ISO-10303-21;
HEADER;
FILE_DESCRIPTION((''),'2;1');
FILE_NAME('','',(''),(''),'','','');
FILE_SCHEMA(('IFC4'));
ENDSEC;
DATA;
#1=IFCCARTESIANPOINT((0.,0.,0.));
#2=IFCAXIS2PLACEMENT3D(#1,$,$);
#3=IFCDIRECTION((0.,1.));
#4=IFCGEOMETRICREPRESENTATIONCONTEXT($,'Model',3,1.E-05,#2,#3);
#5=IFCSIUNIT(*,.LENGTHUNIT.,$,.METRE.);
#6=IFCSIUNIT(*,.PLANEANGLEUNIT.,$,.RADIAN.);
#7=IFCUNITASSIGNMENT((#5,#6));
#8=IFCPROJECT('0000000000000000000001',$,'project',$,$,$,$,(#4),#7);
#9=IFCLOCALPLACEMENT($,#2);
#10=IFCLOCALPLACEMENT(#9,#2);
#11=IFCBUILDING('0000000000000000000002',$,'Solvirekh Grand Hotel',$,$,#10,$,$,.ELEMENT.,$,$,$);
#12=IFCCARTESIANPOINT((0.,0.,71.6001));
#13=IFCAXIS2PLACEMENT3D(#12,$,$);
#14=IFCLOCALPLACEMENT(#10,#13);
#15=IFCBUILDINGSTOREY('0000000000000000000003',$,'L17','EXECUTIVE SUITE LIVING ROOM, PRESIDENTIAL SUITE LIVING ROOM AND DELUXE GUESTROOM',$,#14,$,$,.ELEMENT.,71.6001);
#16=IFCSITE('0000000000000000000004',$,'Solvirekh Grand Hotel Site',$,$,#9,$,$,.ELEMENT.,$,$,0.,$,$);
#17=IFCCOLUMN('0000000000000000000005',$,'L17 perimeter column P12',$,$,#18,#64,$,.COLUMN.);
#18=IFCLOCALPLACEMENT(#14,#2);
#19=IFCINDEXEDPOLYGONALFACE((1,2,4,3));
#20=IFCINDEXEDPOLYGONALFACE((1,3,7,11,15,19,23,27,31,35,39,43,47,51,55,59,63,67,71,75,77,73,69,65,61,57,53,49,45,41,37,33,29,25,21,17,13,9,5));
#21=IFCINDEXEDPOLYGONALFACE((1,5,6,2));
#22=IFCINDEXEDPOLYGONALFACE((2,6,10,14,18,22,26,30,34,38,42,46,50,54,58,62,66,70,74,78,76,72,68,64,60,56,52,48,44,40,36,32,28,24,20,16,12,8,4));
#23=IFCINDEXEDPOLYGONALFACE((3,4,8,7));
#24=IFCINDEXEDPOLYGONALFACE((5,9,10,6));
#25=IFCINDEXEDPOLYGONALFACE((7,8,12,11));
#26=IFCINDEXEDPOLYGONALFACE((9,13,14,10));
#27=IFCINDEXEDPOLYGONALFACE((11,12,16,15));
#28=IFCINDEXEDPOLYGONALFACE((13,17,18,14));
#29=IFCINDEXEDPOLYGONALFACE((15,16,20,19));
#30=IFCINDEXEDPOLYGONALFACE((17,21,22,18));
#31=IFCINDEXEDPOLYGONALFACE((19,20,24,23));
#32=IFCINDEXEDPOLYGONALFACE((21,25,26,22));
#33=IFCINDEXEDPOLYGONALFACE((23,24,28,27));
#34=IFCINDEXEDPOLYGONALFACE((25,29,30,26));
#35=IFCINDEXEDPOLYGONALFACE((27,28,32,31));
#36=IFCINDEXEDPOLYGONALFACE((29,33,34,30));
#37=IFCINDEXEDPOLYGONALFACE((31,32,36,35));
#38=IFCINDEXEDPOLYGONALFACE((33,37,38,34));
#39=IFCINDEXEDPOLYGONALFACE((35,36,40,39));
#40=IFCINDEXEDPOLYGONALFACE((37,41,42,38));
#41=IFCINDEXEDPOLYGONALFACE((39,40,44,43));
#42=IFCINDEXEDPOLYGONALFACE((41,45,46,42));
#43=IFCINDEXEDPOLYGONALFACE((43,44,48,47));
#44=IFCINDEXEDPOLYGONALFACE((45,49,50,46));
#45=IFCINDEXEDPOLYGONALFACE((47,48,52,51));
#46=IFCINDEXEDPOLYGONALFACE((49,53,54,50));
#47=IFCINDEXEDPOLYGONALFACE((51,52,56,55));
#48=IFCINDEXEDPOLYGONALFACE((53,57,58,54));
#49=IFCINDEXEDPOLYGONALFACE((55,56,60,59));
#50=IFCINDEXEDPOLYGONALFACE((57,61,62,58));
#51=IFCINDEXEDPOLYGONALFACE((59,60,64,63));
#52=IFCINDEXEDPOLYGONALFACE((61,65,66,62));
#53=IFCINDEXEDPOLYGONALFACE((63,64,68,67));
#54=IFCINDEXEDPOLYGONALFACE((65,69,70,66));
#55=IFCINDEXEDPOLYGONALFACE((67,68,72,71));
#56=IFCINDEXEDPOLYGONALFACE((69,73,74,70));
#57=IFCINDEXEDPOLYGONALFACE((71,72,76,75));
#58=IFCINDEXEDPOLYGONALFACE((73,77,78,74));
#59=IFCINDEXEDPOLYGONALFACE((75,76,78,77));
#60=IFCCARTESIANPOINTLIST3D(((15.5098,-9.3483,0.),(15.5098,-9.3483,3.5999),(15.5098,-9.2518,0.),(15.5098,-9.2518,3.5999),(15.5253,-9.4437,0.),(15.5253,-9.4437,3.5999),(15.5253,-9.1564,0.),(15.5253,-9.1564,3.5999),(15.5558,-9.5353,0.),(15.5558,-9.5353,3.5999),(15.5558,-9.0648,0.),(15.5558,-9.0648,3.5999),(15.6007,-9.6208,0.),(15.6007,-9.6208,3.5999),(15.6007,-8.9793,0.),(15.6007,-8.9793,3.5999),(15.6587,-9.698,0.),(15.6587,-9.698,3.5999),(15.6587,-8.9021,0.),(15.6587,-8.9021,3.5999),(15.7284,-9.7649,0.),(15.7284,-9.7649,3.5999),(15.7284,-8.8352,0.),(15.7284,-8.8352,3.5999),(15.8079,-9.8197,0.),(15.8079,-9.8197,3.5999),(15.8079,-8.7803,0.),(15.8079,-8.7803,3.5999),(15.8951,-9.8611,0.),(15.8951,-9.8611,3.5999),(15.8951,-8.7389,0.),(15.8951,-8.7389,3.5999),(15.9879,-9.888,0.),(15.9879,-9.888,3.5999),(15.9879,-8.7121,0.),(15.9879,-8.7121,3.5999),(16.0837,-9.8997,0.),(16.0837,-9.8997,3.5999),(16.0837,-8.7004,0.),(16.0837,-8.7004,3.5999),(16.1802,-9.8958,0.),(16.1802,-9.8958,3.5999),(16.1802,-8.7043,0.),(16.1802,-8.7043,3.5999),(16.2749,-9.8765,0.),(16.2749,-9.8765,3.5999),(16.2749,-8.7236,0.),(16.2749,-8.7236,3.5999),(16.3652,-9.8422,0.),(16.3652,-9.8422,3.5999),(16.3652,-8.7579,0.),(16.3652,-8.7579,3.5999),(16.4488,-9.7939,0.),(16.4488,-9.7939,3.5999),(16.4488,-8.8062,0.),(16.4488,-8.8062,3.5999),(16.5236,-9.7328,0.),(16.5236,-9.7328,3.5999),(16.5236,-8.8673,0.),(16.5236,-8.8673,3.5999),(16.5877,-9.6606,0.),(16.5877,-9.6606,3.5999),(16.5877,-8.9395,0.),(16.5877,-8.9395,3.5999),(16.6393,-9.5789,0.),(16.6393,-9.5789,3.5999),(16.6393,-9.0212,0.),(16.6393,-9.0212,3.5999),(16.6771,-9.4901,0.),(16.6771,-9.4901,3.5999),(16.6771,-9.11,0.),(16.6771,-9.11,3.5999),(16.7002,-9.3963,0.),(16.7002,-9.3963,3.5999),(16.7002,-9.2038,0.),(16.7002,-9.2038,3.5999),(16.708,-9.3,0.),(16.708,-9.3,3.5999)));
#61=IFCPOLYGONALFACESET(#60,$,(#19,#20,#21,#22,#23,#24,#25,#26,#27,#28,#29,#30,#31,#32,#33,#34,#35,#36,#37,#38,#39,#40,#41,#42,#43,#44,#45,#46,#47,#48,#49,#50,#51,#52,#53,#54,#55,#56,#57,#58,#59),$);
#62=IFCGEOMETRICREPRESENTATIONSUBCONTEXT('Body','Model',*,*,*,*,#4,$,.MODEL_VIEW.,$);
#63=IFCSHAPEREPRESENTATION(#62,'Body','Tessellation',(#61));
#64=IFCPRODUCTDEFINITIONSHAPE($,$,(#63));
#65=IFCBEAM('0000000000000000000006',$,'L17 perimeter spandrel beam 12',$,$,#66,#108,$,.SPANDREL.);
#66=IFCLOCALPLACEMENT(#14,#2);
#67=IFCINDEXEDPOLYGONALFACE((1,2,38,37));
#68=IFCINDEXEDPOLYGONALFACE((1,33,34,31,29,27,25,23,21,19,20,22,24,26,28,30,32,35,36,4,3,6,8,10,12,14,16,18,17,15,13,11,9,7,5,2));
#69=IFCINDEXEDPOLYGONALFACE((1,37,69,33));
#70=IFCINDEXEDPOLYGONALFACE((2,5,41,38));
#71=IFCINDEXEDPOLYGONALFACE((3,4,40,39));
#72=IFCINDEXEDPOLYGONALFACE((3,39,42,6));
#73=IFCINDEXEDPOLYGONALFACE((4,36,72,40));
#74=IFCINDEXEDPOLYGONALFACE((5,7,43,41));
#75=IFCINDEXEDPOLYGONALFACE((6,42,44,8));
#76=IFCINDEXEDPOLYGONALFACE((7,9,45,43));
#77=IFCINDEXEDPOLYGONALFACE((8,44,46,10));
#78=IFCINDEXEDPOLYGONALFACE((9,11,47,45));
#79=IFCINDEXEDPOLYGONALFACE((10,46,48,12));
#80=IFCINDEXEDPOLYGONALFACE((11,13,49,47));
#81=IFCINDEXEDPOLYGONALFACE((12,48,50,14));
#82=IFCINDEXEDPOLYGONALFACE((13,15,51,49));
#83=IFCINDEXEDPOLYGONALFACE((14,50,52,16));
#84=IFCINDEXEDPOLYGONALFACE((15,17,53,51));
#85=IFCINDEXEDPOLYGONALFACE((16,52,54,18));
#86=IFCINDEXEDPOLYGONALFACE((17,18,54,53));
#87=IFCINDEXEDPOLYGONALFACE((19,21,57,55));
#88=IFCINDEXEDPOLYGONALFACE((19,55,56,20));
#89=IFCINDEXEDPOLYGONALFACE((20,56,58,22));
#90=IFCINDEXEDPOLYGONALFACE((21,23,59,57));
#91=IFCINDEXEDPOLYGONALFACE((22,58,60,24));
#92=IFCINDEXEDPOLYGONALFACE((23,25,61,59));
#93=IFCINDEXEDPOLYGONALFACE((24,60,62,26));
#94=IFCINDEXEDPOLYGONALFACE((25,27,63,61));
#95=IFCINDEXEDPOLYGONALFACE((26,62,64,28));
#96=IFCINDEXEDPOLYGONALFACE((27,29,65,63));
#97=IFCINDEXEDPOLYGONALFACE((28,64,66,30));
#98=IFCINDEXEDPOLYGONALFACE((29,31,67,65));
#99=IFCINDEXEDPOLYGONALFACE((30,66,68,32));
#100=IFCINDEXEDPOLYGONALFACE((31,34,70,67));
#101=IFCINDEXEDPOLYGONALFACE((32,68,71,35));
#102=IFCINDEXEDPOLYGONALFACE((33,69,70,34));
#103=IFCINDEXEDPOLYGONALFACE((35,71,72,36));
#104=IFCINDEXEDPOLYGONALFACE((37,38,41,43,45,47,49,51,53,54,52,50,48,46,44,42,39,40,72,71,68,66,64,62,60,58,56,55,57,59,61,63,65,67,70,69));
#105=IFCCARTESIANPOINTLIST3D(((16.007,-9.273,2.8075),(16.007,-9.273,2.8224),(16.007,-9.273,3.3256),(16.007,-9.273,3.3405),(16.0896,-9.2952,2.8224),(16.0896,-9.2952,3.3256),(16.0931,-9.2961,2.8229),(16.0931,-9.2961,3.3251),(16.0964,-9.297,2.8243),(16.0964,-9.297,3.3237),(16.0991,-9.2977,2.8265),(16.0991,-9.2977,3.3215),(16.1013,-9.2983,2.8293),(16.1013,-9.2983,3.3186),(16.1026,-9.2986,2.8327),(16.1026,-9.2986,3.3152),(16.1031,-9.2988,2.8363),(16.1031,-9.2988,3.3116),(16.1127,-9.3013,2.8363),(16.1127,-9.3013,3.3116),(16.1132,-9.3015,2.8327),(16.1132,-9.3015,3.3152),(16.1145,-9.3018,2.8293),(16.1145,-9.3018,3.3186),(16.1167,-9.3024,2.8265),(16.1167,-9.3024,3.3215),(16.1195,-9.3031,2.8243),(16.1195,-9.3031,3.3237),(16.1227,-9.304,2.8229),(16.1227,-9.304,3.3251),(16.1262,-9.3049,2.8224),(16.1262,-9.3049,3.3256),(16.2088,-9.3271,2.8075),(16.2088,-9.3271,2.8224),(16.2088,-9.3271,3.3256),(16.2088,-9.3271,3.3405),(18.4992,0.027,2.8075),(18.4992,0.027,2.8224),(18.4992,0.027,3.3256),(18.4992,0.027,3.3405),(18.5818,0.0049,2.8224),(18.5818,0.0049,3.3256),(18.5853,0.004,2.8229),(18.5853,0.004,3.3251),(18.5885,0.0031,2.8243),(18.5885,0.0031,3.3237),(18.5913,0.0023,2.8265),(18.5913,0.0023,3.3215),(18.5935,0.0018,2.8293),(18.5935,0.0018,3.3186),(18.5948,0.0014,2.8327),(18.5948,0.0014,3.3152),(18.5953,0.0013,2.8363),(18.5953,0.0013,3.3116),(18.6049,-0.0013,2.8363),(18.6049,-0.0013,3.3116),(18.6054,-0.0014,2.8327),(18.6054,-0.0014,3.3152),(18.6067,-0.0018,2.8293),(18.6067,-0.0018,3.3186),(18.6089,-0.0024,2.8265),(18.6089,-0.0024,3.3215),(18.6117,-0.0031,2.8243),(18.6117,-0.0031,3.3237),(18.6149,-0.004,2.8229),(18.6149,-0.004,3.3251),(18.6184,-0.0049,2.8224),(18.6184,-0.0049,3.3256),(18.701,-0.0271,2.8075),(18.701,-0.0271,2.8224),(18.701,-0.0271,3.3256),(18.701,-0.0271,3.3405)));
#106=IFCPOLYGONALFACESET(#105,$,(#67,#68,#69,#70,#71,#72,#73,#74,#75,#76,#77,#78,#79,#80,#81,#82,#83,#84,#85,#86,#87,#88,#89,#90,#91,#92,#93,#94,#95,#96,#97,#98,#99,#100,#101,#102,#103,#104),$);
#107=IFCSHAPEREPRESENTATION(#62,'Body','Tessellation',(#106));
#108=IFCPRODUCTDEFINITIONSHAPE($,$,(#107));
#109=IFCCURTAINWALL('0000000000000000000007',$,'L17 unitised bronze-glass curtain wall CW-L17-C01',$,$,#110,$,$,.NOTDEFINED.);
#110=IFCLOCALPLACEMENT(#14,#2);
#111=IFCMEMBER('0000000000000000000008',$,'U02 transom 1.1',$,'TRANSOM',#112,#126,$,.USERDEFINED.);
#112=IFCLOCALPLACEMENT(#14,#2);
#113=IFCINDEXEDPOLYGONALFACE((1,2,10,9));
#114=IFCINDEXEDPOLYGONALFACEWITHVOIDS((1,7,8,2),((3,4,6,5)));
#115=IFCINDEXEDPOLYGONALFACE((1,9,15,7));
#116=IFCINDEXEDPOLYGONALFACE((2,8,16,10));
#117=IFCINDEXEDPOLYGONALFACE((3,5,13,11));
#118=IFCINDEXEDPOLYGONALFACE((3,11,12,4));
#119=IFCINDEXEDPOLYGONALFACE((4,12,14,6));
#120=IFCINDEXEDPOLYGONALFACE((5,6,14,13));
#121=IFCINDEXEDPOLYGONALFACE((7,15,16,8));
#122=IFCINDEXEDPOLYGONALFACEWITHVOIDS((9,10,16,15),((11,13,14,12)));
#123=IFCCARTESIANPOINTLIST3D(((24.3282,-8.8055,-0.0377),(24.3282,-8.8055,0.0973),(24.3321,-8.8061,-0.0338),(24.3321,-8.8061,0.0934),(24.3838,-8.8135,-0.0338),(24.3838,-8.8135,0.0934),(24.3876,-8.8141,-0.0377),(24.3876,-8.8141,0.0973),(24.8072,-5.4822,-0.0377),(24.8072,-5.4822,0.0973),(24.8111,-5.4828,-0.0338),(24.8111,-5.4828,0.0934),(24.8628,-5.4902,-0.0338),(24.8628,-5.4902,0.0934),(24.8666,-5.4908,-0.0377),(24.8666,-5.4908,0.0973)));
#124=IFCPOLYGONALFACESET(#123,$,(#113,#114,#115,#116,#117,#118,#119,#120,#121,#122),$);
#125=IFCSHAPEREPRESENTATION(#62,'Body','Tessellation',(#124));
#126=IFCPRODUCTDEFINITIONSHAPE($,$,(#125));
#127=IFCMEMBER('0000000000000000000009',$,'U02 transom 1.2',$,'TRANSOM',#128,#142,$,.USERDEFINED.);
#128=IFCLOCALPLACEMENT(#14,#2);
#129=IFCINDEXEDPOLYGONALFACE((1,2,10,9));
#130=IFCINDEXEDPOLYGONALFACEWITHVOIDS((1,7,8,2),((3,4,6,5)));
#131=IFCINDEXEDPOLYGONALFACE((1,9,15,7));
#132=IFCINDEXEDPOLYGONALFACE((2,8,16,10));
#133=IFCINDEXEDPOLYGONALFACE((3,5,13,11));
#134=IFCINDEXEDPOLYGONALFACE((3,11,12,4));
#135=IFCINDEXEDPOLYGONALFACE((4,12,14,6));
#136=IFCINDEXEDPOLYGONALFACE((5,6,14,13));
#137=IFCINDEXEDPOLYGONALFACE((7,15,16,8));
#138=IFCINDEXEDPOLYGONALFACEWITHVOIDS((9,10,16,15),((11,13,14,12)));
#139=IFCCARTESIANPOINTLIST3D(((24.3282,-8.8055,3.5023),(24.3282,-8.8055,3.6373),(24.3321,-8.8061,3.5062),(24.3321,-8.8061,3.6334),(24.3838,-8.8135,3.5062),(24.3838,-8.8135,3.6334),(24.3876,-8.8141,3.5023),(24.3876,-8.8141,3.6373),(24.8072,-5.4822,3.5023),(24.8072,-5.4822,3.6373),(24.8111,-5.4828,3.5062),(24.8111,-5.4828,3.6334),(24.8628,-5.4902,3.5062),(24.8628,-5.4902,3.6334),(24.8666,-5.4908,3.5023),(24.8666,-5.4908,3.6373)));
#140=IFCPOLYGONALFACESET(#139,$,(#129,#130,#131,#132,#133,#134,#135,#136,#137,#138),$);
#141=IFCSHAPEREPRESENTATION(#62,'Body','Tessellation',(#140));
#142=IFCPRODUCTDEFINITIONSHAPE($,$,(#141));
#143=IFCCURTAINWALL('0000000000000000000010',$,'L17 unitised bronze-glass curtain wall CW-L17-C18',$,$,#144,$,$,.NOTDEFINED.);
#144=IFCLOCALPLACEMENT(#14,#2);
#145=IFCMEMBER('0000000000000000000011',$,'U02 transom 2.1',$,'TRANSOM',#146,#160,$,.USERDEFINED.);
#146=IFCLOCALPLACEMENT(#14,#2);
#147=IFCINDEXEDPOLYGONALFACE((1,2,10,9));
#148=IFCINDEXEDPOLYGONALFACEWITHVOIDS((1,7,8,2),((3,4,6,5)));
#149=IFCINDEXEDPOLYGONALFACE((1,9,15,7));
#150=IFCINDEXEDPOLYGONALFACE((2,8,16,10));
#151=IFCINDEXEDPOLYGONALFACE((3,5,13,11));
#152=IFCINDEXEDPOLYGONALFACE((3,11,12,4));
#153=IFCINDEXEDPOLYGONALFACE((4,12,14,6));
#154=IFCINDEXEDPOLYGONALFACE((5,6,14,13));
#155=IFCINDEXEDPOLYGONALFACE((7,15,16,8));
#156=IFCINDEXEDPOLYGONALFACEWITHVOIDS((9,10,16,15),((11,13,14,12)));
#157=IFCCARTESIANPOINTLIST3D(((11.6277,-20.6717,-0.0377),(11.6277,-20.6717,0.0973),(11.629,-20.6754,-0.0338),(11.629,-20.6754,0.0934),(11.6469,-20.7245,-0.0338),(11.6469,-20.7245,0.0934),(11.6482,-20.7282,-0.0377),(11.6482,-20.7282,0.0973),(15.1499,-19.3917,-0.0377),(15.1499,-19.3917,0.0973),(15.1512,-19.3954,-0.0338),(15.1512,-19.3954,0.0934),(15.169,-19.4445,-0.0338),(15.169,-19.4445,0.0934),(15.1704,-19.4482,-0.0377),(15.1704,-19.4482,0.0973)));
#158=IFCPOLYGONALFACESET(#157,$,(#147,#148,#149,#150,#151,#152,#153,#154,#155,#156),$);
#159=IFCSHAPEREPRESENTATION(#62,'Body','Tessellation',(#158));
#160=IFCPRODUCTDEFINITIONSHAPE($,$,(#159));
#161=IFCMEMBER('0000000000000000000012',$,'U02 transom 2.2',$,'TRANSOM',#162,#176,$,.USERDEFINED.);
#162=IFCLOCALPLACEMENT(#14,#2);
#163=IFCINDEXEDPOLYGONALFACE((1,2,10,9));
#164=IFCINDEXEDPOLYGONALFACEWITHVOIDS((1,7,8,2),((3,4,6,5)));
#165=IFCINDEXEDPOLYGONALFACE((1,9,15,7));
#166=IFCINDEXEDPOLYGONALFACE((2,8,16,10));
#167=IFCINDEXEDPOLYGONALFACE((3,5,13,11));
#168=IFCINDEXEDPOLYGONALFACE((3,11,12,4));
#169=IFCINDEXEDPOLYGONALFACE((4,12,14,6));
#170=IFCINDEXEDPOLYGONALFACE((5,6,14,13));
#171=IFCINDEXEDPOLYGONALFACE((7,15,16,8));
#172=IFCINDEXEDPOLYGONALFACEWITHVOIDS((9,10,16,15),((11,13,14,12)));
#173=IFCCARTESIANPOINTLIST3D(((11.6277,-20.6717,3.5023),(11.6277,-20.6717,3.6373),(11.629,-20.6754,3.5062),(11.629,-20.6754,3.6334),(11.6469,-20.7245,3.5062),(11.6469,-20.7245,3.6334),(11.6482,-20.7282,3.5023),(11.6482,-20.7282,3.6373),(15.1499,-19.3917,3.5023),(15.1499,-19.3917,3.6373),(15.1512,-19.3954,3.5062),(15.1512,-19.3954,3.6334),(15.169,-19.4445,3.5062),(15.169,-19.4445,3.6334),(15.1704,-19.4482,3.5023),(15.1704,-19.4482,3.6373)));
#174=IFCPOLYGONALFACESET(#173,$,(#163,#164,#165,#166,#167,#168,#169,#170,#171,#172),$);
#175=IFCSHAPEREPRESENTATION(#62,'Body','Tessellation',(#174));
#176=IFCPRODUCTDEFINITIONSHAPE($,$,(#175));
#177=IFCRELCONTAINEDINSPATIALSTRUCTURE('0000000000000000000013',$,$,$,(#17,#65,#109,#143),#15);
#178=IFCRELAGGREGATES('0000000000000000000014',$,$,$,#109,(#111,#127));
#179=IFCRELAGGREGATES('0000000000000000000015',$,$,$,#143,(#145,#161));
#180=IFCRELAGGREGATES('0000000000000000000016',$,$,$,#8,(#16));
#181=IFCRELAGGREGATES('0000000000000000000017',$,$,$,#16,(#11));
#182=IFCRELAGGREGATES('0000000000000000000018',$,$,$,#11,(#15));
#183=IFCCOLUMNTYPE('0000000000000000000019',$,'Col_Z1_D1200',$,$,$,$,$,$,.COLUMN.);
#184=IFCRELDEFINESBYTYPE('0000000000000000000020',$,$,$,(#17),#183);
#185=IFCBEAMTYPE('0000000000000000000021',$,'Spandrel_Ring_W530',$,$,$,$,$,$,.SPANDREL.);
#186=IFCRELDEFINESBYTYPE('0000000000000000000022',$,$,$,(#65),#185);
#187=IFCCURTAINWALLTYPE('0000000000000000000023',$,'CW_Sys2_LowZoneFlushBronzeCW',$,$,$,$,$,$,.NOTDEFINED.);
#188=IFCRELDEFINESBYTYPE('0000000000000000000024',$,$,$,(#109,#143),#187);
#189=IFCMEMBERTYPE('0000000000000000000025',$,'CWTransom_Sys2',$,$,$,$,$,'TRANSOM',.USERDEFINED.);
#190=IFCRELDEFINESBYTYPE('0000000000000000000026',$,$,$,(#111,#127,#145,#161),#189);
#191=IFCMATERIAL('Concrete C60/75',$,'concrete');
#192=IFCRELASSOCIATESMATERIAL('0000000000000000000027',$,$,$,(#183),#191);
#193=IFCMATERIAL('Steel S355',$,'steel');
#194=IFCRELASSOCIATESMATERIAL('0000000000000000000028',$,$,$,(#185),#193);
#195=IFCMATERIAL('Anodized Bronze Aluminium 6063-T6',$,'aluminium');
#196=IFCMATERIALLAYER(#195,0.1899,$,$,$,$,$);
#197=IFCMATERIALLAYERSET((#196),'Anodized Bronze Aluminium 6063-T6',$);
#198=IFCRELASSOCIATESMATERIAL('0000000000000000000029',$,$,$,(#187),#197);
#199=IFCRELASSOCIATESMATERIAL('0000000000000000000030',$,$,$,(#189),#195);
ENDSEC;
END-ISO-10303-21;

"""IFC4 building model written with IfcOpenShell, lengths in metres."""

from ifc_helpers import new_model, si_unit, direction, frame, origin, origin_2d, place, context, subcontext, project, spatial, hollow_rectangle, circle, i_section, extrude, source, transform, mapped, material, layer, layer_set, material_profile, profile_set, type_object, element, aggregate, save


model = new_model("IFC4")

# Units and contexts
model_context = context("Model", 3, precision=1e-05, world=origin(), true_north=direction((0.0, 1.0)))
body_context = subcontext(model_context, "Body", "Model", "MODEL_VIEW")
ifc_project = project(units=[si_unit("LENGTHUNIT", "METRE"), si_unit("PLANEANGLEUNIT", "RADIAN")], contexts=[model_context])

# Site, building, storey
site_placement = place(None, origin())
site = spatial("IfcSite", under=ifc_project, at=site_placement, Name="Solvirekh Grand Hotel Site", CompositionType="ELEMENT", RefElevation=0.0)
building_placement = place(site_placement, origin())
building = spatial("IfcBuilding", under=site, at=building_placement, Name="Solvirekh Grand Hotel", CompositionType="ELEMENT")
storey_placement = place(building_placement, frame((0.0, 0.0, 71.6001)))
storey = spatial("IfcBuildingStorey", under=building, at=storey_placement, Name="L17", Description="EXECUTIVE SUITE LIVING ROOM, PRESIDENTIAL SUITE LIVING ROOM AND DELUXE GUESTROOM", CompositionType="ELEMENT", Elevation=71.6001)

# Column
ifc_material_1 = material(Name="Concrete C60/75", Category="concrete")
ifc_material_profile_1 = material_profile(ifc_material_1, circle(Radius=0.6001, at=origin_2d()), Name="RC CIRC D1200")
ifc_profile_set_1 = profile_set([ifc_material_profile_1], Name="Concrete C60/75")
column_type = type_object("IfcColumnType", Name="Col_Z1_D1200", PredefinedType="COLUMN", material=ifc_profile_set_1)
column_placement = place(storey_placement, frame((16.1079, -9.3, 0.0), z_axis=(0.0, 0.0, 1.0), x_axis=(1.0, 0.0, 0.0)))
element("IfcColumn", 1, at=column_placement, inside=storey, type_object=column_type, Name="L17 perimeter column P12", PredefinedType="COLUMN", context=body_context, shape_type="SweptSolid", body=[
    extrude(circle(Radius=0.6001, at=origin_2d()), origin(), (0.0, 0.0, 1.0), 3.5999),
])

# Beam
ifc_material_2 = material(Name="Steel S355", Category="steel")
ifc_material_profile_2 = material_profile(ifc_material_2, i_section(OverallWidth=0.209, OverallDepth=0.533, WebThickness=0.01, FlangeThickness=0.0149, FilletRadius=0.0139, at=origin_2d()), Name="W530X92")
ifc_profile_set_2 = profile_set([ifc_material_profile_2], Name="Steel S355")
beam_type = type_object("IfcBeamType", Name="Spandrel_Ring_W530", PredefinedType="SPANDREL", material=ifc_profile_set_2)
beam_placement = place(storey_placement, frame((16.1079, -9.3, 3.074), z_axis=(0.258843, 0.965919, 0.0), x_axis=(-0.965919, 0.258843, 0.0)))
element("IfcBeam", 2, at=beam_placement, inside=storey, type_object=beam_type, Name="L17 perimeter spandrel beam 12", PredefinedType="SPANDREL", context=body_context, shape_type="SweptSolid", body=[
    extrude(i_section(OverallWidth=0.209, OverallDepth=0.533, WebThickness=0.01, FlangeThickness=0.0149, FilletRadius=0.0139, at=origin_2d()), origin(), (0.0, 0.0, 1.0), 9.6282),
])

# Curtain walls, members
ifc_material_3 = material(Name="Anodized Bronze Aluminium 6063-T6", Category="aluminium")
ifc_layer_1 = layer(ifc_material_3, 0.1899)
ifc_layer_set_1 = layer_set([ifc_layer_1], Name="Anodized Bronze Aluminium 6063-T6")
curtain_wall_type = type_object("IfcCurtainWallType", Name="CW_Sys2_LowZoneFlushBronzeCW", PredefinedType="NOTDEFINED", material=ifc_layer_set_1)
curtain_wall_1_placement = place(storey_placement, origin())
curtain_wall_1 = element("IfcCurtainWall", 3, at=curtain_wall_1_placement, inside=storey, type_object=curtain_wall_type, Name="L17 unitised bronze-glass curtain wall CW-L17-C01", PredefinedType="NOTDEFINED")
ifc_material_profile_3 = material_profile(ifc_material_3, hollow_rectangle(XDim=0.0601, YDim=0.135, WallThickness=0.0039, at=origin_2d()), Name="ALU RHS 135X60X4")
ifc_profile_set_3 = profile_set([ifc_material_profile_3], Name="Anodized Bronze Aluminium 6063-T6")
member_type_1 = type_object("IfcMemberType", Name="CWTransom_Sys2", ElementType="TRANSOM", PredefinedType="USERDEFINED", material=ifc_profile_set_3)
shared_shape_1 = source(origin(), body_context, "Body", "SweptSolid", [
    extrude(hollow_rectangle(XDim=0.0601, YDim=0.135, WallThickness=0.0039, at=origin_2d()), origin(), (0.0, 0.0, 1.0), 3.3577),
])
member_1_placement = place(storey_placement, frame((24.3579, -8.8098, 0.0298), z_axis=(0.142663, 0.989771, 0.0), x_axis=(-0.989771, 0.142663, 0.0)))
member_1 = element("IfcMember", 4, at=member_1_placement, type_object=member_type_1, Name="U02 transom 1.1", ObjectType="TRANSOM", PredefinedType="USERDEFINED", context=body_context, shape_type="MappedRepresentation", body=[
    mapped(shared_shape_1, transform((0.0, 0.0, 0.0), x_axis=(1.0, 0.0, 0.0), y_axis=(0.0, 1.0, 0.0), z_axis=(0.0, 0.0, 1.0), scale=1.0)),
])
member_2_placement = place(storey_placement, frame((24.3579, -8.8098, 3.5698), z_axis=(0.142663, 0.989771, 0.0), x_axis=(-0.989771, 0.142663, 0.0)))
member_2 = element("IfcMember", 5, at=member_2_placement, type_object=member_type_1, Name="U02 transom 1.2", ObjectType="TRANSOM", PredefinedType="USERDEFINED", context=body_context, shape_type="MappedRepresentation", body=[
    mapped(shared_shape_1, transform((0.0, 0.0, 0.0), x_axis=(1.0, 0.0, 0.0), y_axis=(0.0, 1.0, 0.0), z_axis=(0.0, 0.0, 1.0), scale=1.0)),
])
curtain_wall_2_placement = place(storey_placement, origin())
curtain_wall_2 = element("IfcCurtainWall", 6, at=curtain_wall_2_placement, inside=storey, type_object=curtain_wall_type, Name="L17 unitised bronze-glass curtain wall CW-L17-C18", PredefinedType="NOTDEFINED")
shared_shape_2 = source(origin(), body_context, "Body", "SweptSolid", [
    extrude(hollow_rectangle(XDim=0.0601, YDim=0.135, WallThickness=0.0039, at=origin_2d()), origin(), (0.0, 0.0, 1.0), 3.7476),
])
member_3_placement = place(storey_placement, frame((11.6379, -20.7, 0.0298), z_axis=(0.93986, 0.34156, 0.0), x_axis=(-0.34156, 0.93986, 0.0)))
member_3 = element("IfcMember", 7, at=member_3_placement, type_object=member_type_1, Name="U02 transom 2.1", ObjectType="TRANSOM", PredefinedType="USERDEFINED", context=body_context, shape_type="MappedRepresentation", body=[
    mapped(shared_shape_2, transform((0.0, 0.0, 0.0), x_axis=(1.0, 0.0, 0.0), y_axis=(0.0, 1.0, 0.0), z_axis=(0.0, 0.0, 1.0), scale=1.0)),
])
member_4_placement = place(storey_placement, frame((11.6379, -20.7, 3.5698), z_axis=(0.93986, 0.34156, 0.0), x_axis=(-0.34156, 0.93986, 0.0)))
member_4 = element("IfcMember", 8, at=member_4_placement, type_object=member_type_1, Name="U02 transom 2.2", ObjectType="TRANSOM", PredefinedType="USERDEFINED", context=body_context, shape_type="MappedRepresentation", body=[
    mapped(shared_shape_2, transform((0.0, 0.0, 0.0), x_axis=(1.0, 0.0, 0.0), y_axis=(0.0, 1.0, 0.0), z_axis=(0.0, 0.0, 1.0), scale=1.0)),
])

aggregate(curtain_wall_1, [member_1, member_2])

aggregate(curtain_wall_2, [member_3, member_4])

save(model, "model.ifc")
